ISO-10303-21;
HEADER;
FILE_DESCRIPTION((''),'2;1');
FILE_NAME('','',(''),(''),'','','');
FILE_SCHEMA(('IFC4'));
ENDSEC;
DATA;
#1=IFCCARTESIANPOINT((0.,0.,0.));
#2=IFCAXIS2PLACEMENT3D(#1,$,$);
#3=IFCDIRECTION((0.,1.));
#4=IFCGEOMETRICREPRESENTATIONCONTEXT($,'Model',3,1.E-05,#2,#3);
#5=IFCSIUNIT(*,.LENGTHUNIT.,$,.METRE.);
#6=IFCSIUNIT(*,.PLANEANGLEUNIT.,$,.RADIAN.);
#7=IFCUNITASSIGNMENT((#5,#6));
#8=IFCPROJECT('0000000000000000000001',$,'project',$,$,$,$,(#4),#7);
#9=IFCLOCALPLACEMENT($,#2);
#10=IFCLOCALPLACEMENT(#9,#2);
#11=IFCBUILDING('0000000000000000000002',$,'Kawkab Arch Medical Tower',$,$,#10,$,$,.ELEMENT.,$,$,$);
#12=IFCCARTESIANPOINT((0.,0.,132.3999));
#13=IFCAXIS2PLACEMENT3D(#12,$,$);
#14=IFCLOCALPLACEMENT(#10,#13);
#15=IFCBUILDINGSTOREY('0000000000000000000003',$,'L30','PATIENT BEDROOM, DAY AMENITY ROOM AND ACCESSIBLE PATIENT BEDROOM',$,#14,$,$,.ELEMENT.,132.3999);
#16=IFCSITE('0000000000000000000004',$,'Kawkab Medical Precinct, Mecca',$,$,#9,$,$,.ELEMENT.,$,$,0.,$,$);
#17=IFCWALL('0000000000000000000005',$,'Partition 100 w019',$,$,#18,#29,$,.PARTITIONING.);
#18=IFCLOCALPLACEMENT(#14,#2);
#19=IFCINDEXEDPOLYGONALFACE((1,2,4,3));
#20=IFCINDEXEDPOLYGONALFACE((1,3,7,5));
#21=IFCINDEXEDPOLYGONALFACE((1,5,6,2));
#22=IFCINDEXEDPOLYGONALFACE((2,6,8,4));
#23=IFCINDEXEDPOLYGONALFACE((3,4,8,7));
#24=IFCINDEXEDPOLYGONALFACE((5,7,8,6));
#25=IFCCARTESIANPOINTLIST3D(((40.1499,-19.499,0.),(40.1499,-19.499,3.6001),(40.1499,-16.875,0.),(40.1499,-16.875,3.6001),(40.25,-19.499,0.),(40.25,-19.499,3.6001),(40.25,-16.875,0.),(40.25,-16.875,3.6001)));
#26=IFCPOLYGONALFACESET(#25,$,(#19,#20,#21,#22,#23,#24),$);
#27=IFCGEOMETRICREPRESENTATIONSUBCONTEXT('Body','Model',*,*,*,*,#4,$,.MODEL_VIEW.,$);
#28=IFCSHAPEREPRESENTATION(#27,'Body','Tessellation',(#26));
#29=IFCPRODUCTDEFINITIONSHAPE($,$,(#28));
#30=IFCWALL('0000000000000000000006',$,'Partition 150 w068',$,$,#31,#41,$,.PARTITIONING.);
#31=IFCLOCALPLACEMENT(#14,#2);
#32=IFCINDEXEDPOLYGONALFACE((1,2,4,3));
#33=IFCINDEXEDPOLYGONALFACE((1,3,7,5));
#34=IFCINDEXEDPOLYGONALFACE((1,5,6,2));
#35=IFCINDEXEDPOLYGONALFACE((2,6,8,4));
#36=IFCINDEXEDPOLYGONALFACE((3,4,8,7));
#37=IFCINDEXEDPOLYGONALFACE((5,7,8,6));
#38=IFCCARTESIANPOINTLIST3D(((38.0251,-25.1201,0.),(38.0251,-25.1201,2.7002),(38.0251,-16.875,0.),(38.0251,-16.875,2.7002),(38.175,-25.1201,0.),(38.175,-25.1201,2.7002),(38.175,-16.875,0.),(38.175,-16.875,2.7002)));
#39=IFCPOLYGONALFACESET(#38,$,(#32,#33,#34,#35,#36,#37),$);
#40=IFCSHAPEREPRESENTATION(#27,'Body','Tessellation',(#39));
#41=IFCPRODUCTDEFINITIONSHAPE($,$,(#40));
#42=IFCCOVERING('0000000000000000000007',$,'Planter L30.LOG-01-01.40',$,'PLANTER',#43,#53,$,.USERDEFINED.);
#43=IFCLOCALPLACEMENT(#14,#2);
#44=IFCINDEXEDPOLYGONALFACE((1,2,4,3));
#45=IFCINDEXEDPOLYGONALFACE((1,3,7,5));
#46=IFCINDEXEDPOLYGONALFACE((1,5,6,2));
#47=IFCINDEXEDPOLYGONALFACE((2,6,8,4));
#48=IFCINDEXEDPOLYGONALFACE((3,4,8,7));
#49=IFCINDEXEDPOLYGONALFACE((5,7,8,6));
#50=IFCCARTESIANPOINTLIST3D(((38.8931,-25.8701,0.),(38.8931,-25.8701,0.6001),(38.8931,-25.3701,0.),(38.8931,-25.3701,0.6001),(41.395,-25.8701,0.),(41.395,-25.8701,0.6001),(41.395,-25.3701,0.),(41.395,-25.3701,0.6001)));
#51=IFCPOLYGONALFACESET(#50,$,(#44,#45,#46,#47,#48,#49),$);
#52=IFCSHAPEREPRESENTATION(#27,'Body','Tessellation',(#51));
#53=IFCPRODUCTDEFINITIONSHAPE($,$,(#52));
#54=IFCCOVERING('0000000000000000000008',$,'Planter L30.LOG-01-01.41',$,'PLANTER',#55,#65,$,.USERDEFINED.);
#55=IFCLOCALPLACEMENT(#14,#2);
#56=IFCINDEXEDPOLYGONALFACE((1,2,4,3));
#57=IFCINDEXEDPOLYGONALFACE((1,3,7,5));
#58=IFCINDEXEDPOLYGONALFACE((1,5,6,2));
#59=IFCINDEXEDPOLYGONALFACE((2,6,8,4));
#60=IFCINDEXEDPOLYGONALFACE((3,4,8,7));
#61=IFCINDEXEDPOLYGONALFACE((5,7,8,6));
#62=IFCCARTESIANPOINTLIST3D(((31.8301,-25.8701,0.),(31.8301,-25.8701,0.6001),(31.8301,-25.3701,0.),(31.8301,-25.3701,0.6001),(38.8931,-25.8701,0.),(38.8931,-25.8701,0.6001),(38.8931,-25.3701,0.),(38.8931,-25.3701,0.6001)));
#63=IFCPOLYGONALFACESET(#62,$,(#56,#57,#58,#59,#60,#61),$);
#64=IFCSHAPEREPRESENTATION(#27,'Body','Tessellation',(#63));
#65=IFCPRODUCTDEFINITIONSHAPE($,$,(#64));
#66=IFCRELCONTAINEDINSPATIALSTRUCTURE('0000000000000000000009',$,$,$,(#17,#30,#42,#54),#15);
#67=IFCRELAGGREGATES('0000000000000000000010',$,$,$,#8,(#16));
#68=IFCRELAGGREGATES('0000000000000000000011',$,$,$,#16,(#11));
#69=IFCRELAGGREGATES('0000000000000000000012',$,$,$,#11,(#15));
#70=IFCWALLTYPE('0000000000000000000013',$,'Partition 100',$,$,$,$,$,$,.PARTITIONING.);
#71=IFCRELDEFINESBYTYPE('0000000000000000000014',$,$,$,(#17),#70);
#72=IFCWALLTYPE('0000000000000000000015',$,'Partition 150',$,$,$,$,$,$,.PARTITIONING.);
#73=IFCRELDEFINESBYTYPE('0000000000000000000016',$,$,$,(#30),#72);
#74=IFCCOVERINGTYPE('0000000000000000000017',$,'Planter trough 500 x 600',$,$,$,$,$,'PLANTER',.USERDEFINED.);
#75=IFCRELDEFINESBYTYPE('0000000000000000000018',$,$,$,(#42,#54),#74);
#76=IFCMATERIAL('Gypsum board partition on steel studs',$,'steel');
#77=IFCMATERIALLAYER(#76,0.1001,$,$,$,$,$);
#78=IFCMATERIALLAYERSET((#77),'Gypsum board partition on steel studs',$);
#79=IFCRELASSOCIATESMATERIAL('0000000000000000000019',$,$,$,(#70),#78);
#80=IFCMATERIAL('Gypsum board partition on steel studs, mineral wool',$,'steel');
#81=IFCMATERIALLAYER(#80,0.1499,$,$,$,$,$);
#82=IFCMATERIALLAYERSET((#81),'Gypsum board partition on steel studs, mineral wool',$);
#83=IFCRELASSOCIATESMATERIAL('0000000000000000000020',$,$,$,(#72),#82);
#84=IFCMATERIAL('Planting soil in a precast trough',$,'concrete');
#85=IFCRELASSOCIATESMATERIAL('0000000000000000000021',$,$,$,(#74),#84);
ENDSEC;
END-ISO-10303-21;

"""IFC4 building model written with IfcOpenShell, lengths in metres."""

from ifc_helpers import new_model, si_unit, direction, frame, frame_2d, origin, origin_2d, place, context, subcontext, project, spatial, rectangle, extrude, material, layer, layer_set, material_profile, profile_set, type_object, element, save


model = new_model("IFC4")

# Units and contexts
model_context = context("Model", 3, precision=1e-05, world=origin(), true_north=direction((0.0, 1.0)))
body_context = subcontext(model_context, "Body", "Model", "MODEL_VIEW")
ifc_project = project(units=[si_unit("LENGTHUNIT", "METRE"), si_unit("PLANEANGLEUNIT", "RADIAN")], contexts=[model_context])

# Site, building, storey
site_placement = place(None, origin())
site = spatial("IfcSite", under=ifc_project, at=site_placement, Name="Kawkab Medical Precinct, Mecca", CompositionType="ELEMENT", RefElevation=0.0)
building_placement = place(site_placement, origin())
building = spatial("IfcBuilding", under=site, at=building_placement, Name="Kawkab Arch Medical Tower", CompositionType="ELEMENT")
storey_placement = place(building_placement, frame((0.0, 0.0, 132.3999)))
storey = spatial("IfcBuildingStorey", under=building, at=storey_placement, Name="L30", Description="PATIENT BEDROOM, DAY AMENITY ROOM AND ACCESSIBLE PATIENT BEDROOM", CompositionType="ELEMENT", Elevation=132.3999)

# Shared definitions
ifc_material_1 = material(Name="Gypsum board partition on steel studs", Category="steel")
ifc_layer_1 = layer(ifc_material_1, 0.1001)
ifc_layer_set_1 = layer_set([ifc_layer_1], Name="Gypsum board partition on steel studs")
wall_type_1 = type_object("IfcWallType", Name="Partition 100", PredefinedType="PARTITIONING", material=ifc_layer_set_1)

# Walls
wall_1_placement = place(storey_placement, frame((40.2, -19.499, 0.0), z_axis=(0.0, 0.0, 1.0), x_axis=(0.0, 1.0, 0.0)))
element("IfcWall", 1, at=wall_1_placement, inside=storey, type_object=wall_type_1, Name="Partition 100 w019", PredefinedType="PARTITIONING", context=body_context, shape_type="SweptSolid", body=[
    extrude(rectangle(XDim=2.624, YDim=0.1001, at=frame_2d((1.312, 0.0))), origin(), (0.0, 0.0, 1.0), 3.6001),
])
ifc_material_2 = material(Name="Gypsum board partition on steel studs, mineral wool", Category="steel")
ifc_layer_2 = layer(ifc_material_2, 0.1499)
ifc_layer_set_2 = layer_set([ifc_layer_2], Name="Gypsum board partition on steel studs, mineral wool")
wall_type_2 = type_object("IfcWallType", Name="Partition 150", PredefinedType="PARTITIONING", material=ifc_layer_set_2)
wall_2_placement = place(storey_placement, frame((38.1001, -25.1201, 0.0), z_axis=(0.0, 0.0, 1.0), x_axis=(0.0, 1.0, 0.0)))
element("IfcWall", 2, at=wall_2_placement, inside=storey, type_object=wall_type_2, Name="Partition 150 w068", PredefinedType="PARTITIONING", context=body_context, shape_type="SweptSolid", body=[
    extrude(rectangle(XDim=8.2451, YDim=0.1499, at=frame_2d((4.1226, 0.0))), origin(), (0.0, 0.0, 1.0), 2.7002),
])

# Coverings
ifc_material_3 = material(Name="Planting soil in a precast trough", Category="concrete")
ifc_material_profile_1 = material_profile(ifc_material_3, rectangle(XDim=0.5, YDim=0.6001, at=origin_2d()), Name="Trough 500x600")
ifc_profile_set_1 = profile_set([ifc_material_profile_1], Name="Planting soil in a precast trough")
covering_type = type_object("IfcCoveringType", Name="Planter trough 500 x 600", ElementType="PLANTER", PredefinedType="USERDEFINED", material=ifc_profile_set_1)
covering_1_placement = place(storey_placement, frame((41.395, -25.6201, 0.3), z_axis=(-1.0, 0.0, 0.0), x_axis=(0.0, -1.0, 0.0)))
element("IfcCovering", 3, at=covering_1_placement, inside=storey, type_object=covering_type, Name="Planter L30.LOG-01-01.40", ObjectType="PLANTER", PredefinedType="USERDEFINED", context=body_context, shape_type="SweptSolid", body=[
    extrude(rectangle(XDim=0.5, YDim=0.6001, at=origin_2d()), origin(), (0.0, 0.0, 1.0), 2.502),
])
covering_2_placement = place(storey_placement, frame((38.8931, -25.6201, 0.3), z_axis=(-1.0, 0.0, 0.0), x_axis=(0.0, -1.0, 0.0)))
element("IfcCovering", 4, at=covering_2_placement, inside=storey, type_object=covering_type, Name="Planter L30.LOG-01-01.41", ObjectType="PLANTER", PredefinedType="USERDEFINED", context=body_context, shape_type="SweptSolid", body=[
    extrude(rectangle(XDim=0.5, YDim=0.6001, at=origin_2d()), origin(), (0.0, 0.0, 1.0), 7.063),
])

save(model, "model.ifc")
